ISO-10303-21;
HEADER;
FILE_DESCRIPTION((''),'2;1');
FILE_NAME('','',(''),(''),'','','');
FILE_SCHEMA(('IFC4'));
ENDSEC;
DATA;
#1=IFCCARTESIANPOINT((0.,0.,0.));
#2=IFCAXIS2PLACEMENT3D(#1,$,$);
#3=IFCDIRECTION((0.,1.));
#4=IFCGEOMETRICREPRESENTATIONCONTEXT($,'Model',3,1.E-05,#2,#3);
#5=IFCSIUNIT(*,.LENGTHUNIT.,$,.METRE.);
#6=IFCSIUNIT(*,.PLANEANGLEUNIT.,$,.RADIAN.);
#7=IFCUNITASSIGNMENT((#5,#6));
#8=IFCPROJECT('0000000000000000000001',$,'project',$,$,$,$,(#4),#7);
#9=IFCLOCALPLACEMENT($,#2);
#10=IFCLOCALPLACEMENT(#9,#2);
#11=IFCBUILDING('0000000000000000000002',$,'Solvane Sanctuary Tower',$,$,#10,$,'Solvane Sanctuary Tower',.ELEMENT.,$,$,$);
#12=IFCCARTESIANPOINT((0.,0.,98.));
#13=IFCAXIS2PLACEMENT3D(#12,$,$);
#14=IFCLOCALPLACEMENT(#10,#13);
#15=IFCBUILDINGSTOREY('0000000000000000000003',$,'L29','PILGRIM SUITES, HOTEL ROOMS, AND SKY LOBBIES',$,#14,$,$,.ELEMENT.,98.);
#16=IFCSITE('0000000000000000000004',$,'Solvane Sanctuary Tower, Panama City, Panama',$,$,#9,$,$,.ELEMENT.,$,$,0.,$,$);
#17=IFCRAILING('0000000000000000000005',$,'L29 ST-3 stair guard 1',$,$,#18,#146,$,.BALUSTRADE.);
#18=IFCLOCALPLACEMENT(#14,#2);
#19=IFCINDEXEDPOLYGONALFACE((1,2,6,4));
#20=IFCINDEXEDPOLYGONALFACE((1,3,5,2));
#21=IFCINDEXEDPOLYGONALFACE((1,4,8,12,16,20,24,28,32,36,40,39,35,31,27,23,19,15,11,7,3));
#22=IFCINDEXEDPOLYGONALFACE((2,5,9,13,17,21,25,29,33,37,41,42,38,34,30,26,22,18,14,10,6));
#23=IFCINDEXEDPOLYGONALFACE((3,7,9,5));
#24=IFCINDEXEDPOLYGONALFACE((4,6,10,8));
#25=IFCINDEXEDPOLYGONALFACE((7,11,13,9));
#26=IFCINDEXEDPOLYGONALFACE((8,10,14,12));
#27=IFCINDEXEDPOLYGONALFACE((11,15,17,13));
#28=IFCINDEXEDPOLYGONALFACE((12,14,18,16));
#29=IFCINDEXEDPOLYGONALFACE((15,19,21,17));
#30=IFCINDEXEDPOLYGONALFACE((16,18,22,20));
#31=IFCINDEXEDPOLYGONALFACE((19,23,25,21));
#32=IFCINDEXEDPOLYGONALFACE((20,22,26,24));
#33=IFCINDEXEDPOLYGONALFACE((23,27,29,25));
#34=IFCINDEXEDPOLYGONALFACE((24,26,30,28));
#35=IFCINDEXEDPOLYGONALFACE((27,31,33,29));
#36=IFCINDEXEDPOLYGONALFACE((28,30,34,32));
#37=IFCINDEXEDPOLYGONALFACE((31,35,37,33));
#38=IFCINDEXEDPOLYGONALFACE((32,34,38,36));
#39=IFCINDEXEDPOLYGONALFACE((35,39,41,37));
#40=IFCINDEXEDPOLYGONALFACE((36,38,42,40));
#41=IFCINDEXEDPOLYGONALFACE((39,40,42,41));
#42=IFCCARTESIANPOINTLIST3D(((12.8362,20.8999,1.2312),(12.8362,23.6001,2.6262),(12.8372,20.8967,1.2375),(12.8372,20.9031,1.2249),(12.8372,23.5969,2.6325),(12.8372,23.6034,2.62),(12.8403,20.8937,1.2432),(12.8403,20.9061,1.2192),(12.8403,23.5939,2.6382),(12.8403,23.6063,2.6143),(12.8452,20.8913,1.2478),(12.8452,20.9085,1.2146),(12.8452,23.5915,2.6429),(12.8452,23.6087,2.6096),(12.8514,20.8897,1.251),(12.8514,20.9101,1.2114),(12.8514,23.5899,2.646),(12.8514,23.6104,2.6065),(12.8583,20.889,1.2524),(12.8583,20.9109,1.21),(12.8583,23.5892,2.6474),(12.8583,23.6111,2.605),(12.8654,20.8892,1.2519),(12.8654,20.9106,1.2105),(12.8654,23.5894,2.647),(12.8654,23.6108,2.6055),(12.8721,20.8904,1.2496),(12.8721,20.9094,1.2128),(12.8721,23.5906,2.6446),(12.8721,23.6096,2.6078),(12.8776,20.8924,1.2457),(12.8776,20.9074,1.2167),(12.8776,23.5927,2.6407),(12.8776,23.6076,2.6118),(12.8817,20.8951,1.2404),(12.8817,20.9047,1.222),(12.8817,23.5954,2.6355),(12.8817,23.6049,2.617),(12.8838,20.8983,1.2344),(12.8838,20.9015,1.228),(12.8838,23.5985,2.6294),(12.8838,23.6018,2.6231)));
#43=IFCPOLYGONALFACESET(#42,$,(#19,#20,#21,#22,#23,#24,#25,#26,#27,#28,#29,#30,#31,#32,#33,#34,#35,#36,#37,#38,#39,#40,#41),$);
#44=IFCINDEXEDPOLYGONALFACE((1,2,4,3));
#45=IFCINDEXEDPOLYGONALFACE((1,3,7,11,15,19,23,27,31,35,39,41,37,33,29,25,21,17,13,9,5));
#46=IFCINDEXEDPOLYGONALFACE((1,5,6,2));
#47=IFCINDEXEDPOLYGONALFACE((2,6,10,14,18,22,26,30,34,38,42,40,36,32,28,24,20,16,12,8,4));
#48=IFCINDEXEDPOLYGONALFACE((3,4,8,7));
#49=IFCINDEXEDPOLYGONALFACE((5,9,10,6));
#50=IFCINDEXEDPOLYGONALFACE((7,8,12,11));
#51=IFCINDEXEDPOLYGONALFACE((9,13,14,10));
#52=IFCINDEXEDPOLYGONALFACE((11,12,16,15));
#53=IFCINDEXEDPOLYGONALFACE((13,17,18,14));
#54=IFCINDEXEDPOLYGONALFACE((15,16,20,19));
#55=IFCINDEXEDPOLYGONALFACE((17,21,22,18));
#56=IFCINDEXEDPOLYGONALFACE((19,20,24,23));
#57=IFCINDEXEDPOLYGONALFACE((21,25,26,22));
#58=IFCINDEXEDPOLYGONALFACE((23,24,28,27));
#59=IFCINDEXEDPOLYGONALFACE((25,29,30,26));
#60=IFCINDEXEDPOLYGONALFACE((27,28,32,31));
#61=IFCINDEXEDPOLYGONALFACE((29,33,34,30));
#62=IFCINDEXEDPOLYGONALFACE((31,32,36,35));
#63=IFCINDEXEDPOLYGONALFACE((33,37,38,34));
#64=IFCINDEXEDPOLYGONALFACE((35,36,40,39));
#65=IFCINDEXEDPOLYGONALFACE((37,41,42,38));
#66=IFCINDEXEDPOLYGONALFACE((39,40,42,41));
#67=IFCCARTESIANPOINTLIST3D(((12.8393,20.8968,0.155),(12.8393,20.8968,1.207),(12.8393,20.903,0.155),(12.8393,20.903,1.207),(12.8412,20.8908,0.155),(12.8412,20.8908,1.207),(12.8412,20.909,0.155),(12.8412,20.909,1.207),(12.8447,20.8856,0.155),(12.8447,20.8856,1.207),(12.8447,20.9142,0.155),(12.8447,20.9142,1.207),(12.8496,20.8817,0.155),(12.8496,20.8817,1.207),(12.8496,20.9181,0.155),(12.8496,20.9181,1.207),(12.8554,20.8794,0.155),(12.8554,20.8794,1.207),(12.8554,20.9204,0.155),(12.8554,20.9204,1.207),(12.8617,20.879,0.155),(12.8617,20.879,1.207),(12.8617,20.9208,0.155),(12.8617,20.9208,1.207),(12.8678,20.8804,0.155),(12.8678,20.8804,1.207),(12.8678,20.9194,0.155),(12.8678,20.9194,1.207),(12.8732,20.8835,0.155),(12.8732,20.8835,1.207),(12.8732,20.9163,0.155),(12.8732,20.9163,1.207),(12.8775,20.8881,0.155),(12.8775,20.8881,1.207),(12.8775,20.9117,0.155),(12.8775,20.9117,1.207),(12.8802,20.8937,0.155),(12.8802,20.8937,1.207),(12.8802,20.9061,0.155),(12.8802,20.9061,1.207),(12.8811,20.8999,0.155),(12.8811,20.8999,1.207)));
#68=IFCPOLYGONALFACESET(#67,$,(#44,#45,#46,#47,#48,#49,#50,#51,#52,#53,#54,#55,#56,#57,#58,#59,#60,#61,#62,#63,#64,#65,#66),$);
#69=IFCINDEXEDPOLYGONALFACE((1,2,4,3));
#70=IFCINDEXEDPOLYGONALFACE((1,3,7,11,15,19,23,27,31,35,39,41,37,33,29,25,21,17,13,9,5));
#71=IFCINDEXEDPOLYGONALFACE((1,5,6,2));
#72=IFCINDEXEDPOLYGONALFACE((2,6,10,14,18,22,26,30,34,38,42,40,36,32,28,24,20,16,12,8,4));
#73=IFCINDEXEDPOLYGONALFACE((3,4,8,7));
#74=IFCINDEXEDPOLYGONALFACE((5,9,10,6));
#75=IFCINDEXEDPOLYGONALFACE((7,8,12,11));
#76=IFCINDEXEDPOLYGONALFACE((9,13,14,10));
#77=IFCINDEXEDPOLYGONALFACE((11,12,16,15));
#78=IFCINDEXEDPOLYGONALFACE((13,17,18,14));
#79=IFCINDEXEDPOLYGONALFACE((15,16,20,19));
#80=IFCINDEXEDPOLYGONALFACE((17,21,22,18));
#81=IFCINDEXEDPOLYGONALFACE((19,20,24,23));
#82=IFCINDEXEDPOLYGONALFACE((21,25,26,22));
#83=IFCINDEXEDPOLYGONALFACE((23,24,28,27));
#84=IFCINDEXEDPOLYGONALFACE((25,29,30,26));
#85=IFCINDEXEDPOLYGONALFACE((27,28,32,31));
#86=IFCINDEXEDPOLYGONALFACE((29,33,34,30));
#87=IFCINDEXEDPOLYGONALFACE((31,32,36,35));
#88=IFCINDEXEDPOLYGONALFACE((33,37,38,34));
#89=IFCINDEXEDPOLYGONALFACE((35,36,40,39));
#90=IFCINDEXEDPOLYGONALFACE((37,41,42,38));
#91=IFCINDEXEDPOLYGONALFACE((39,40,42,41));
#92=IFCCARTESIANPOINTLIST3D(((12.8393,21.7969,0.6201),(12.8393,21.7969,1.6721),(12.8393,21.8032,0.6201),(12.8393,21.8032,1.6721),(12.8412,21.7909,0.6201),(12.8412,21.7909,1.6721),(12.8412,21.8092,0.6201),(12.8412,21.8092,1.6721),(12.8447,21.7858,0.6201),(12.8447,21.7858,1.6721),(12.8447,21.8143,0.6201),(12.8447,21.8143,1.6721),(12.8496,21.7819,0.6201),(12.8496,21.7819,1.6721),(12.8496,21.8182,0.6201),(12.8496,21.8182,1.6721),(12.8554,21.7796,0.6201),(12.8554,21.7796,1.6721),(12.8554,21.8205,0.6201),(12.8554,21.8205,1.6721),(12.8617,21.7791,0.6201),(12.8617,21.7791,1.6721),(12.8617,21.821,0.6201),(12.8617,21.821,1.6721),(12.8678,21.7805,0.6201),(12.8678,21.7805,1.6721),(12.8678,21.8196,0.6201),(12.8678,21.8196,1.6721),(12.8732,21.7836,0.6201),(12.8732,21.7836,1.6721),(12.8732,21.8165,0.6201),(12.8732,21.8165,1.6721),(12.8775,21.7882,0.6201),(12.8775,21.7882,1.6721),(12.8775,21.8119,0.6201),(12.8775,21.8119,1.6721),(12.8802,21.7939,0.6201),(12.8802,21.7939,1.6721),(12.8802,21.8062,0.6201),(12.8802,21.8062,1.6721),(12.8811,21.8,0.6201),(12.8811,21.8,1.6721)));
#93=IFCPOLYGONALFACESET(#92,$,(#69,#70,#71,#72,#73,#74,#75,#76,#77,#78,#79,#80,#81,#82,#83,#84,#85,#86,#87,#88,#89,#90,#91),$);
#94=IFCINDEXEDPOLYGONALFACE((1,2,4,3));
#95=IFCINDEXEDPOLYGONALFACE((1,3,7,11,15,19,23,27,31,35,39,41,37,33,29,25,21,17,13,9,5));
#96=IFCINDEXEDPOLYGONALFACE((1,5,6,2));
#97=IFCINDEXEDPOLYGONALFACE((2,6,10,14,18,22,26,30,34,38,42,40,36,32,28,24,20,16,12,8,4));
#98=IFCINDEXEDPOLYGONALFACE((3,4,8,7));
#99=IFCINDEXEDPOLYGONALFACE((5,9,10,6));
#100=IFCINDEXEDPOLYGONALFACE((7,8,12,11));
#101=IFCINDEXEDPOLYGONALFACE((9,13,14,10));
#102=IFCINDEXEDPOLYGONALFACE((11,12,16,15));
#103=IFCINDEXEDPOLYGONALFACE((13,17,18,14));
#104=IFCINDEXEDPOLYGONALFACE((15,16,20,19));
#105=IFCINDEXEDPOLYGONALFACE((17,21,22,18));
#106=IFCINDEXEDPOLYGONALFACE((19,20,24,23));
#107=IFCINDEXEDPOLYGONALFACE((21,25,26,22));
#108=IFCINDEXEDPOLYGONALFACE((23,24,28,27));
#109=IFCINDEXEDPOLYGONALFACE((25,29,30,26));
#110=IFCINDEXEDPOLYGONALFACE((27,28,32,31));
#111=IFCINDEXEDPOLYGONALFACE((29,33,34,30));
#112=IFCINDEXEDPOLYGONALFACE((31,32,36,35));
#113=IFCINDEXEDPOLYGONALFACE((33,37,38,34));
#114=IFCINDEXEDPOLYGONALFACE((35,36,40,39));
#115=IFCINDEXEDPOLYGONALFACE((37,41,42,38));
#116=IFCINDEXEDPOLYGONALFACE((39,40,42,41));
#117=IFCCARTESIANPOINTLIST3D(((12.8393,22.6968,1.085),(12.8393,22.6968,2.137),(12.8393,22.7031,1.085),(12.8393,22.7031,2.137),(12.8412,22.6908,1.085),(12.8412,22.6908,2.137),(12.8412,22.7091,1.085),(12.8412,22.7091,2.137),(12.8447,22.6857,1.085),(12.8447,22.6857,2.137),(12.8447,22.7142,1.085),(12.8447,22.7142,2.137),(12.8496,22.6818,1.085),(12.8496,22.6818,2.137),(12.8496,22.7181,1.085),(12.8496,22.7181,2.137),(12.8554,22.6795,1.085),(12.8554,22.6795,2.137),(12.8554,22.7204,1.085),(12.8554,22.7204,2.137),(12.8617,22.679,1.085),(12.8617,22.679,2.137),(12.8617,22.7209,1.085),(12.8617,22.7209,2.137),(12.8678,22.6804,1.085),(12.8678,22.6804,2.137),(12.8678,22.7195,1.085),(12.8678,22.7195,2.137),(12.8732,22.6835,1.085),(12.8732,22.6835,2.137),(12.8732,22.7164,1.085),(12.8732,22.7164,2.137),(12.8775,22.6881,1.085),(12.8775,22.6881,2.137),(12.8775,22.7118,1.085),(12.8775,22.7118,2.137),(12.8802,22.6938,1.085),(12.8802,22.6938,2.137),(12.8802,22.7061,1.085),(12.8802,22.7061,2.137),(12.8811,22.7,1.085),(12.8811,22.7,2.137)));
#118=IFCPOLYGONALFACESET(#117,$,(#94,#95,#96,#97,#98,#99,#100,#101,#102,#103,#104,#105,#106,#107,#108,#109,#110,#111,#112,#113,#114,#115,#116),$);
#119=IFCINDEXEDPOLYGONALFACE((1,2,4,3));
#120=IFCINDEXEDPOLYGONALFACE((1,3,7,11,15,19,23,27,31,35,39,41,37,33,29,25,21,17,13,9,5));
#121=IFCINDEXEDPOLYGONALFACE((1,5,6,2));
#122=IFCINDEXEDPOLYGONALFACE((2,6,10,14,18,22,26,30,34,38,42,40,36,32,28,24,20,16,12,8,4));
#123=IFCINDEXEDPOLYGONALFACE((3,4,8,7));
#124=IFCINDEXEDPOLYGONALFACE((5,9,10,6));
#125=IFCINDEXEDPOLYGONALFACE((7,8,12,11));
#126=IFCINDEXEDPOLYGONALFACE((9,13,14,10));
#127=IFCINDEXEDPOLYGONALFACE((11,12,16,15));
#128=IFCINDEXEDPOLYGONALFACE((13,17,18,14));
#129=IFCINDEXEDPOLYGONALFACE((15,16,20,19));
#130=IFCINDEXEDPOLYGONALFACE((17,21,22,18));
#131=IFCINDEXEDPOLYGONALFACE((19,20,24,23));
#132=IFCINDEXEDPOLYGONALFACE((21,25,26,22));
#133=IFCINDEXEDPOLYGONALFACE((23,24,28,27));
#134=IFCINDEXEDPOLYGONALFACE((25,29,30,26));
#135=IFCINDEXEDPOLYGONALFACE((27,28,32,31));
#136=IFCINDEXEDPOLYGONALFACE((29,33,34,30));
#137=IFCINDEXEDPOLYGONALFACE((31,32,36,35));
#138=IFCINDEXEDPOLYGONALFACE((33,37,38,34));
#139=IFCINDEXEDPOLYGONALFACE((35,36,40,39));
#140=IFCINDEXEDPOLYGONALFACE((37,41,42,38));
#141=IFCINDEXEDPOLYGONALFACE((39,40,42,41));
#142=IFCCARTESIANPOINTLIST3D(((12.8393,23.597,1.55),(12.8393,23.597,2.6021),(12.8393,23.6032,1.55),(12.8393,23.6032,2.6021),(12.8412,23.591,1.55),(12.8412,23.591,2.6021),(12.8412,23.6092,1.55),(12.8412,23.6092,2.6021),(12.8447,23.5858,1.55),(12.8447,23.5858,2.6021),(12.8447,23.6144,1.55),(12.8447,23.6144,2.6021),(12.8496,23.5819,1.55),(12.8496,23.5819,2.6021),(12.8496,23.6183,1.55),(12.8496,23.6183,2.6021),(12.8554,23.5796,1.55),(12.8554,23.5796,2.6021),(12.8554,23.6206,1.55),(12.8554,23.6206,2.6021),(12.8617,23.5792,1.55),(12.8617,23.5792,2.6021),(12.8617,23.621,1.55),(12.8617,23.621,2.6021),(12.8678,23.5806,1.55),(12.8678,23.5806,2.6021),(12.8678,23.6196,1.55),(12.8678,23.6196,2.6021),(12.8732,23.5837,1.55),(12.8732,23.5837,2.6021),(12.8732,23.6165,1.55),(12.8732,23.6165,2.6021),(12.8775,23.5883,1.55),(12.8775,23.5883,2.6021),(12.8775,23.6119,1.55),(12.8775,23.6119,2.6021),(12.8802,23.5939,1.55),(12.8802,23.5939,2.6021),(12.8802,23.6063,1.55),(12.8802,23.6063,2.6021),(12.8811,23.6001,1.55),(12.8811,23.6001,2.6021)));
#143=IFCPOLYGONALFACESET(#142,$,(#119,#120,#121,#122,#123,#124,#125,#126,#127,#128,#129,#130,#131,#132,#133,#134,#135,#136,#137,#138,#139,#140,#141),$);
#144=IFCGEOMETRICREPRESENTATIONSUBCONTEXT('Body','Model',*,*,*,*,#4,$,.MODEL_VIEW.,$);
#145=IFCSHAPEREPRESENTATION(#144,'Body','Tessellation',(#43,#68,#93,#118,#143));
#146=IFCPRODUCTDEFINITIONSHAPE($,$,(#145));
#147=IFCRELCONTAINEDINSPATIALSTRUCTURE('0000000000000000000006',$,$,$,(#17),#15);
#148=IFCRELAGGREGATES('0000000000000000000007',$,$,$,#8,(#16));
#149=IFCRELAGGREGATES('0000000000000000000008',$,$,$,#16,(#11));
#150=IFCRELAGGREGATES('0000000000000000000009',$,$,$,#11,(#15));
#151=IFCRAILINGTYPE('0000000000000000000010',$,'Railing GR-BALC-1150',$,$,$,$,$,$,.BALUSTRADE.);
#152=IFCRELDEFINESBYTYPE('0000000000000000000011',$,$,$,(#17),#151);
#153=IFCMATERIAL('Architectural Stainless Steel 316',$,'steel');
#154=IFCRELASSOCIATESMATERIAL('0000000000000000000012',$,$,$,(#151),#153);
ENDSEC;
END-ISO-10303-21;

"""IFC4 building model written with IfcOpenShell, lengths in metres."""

from ifc_helpers import new_model, si_unit, direction, frame, origin, origin_2d, place, context, subcontext, project, spatial, circle, extrude, material, type_object, element, save


model = new_model("IFC4")

# Units and contexts
model_context = context("Model", 3, precision=1e-05, world=origin(), true_north=direction((0.0, 1.0)))
body_context = subcontext(model_context, "Body", "Model", "MODEL_VIEW")
ifc_project = project(units=[si_unit("LENGTHUNIT", "METRE"), si_unit("PLANEANGLEUNIT", "RADIAN")], contexts=[model_context])

# Site, building, storey
site_placement = place(None, origin())
site = spatial("IfcSite", under=ifc_project, at=site_placement, Name="Solvane Sanctuary Tower, Panama City, Panama", CompositionType="ELEMENT", RefElevation=0.0)
building_placement = place(site_placement, origin())
building = spatial("IfcBuilding", under=site, at=building_placement, Name="Solvane Sanctuary Tower", LongName="Solvane Sanctuary Tower", CompositionType="ELEMENT")
storey_placement = place(building_placement, frame((0.0, 0.0, 98.0)))
storey = spatial("IfcBuildingStorey", under=building, at=storey_placement, Name="L29", Description="PILGRIM SUITES, HOTEL ROOMS, AND SKY LOBBIES", CompositionType="ELEMENT", Elevation=98.0)

# Railing
ifc_material_1 = material(Name="Architectural Stainless Steel 316", Category="steel")
railing_type_1 = type_object("IfcRailingType", Name="Railing GR-BALC-1150", PredefinedType="BALUSTRADE", material=ifc_material_1)
railing_1_placement = place(storey_placement, frame((12.8601, 20.8999, 0.155)))
element("IfcRailing", 1, at=railing_1_placement, inside=storey, type_object=railing_type_1, Name="L29 ST-3 stair guard 1", PredefinedType="BALUSTRADE", context=body_context, shape_type="SweptSolid", body=[
    extrude(circle(Radius=0.0239, at=origin_2d()), frame((0.0, 0.0, 1.0762), z_axis=(0.0, 0.888437, 0.458999), x_axis=(-1.0, 0.0, 0.0)), (0.0, 0.0, 1.0), 3.0393),
    extrude(circle(Radius=0.021, at=origin_2d()), origin(), (0.0, 0.0, 1.0), 1.052),
    extrude(circle(Radius=0.021, at=origin_2d()), frame((0.0, 0.9001, 0.4651)), (0.0, 0.0, 1.0), 1.052),
    extrude(circle(Radius=0.021, at=origin_2d()), frame((0.0, 1.8, 0.9299)), (0.0, 0.0, 1.0), 1.052),
    extrude(circle(Radius=0.021, at=origin_2d()), frame((0.0, 2.7002, 1.395)), (0.0, 0.0, 1.0), 1.052),
])

save(model, "model.ifc")
